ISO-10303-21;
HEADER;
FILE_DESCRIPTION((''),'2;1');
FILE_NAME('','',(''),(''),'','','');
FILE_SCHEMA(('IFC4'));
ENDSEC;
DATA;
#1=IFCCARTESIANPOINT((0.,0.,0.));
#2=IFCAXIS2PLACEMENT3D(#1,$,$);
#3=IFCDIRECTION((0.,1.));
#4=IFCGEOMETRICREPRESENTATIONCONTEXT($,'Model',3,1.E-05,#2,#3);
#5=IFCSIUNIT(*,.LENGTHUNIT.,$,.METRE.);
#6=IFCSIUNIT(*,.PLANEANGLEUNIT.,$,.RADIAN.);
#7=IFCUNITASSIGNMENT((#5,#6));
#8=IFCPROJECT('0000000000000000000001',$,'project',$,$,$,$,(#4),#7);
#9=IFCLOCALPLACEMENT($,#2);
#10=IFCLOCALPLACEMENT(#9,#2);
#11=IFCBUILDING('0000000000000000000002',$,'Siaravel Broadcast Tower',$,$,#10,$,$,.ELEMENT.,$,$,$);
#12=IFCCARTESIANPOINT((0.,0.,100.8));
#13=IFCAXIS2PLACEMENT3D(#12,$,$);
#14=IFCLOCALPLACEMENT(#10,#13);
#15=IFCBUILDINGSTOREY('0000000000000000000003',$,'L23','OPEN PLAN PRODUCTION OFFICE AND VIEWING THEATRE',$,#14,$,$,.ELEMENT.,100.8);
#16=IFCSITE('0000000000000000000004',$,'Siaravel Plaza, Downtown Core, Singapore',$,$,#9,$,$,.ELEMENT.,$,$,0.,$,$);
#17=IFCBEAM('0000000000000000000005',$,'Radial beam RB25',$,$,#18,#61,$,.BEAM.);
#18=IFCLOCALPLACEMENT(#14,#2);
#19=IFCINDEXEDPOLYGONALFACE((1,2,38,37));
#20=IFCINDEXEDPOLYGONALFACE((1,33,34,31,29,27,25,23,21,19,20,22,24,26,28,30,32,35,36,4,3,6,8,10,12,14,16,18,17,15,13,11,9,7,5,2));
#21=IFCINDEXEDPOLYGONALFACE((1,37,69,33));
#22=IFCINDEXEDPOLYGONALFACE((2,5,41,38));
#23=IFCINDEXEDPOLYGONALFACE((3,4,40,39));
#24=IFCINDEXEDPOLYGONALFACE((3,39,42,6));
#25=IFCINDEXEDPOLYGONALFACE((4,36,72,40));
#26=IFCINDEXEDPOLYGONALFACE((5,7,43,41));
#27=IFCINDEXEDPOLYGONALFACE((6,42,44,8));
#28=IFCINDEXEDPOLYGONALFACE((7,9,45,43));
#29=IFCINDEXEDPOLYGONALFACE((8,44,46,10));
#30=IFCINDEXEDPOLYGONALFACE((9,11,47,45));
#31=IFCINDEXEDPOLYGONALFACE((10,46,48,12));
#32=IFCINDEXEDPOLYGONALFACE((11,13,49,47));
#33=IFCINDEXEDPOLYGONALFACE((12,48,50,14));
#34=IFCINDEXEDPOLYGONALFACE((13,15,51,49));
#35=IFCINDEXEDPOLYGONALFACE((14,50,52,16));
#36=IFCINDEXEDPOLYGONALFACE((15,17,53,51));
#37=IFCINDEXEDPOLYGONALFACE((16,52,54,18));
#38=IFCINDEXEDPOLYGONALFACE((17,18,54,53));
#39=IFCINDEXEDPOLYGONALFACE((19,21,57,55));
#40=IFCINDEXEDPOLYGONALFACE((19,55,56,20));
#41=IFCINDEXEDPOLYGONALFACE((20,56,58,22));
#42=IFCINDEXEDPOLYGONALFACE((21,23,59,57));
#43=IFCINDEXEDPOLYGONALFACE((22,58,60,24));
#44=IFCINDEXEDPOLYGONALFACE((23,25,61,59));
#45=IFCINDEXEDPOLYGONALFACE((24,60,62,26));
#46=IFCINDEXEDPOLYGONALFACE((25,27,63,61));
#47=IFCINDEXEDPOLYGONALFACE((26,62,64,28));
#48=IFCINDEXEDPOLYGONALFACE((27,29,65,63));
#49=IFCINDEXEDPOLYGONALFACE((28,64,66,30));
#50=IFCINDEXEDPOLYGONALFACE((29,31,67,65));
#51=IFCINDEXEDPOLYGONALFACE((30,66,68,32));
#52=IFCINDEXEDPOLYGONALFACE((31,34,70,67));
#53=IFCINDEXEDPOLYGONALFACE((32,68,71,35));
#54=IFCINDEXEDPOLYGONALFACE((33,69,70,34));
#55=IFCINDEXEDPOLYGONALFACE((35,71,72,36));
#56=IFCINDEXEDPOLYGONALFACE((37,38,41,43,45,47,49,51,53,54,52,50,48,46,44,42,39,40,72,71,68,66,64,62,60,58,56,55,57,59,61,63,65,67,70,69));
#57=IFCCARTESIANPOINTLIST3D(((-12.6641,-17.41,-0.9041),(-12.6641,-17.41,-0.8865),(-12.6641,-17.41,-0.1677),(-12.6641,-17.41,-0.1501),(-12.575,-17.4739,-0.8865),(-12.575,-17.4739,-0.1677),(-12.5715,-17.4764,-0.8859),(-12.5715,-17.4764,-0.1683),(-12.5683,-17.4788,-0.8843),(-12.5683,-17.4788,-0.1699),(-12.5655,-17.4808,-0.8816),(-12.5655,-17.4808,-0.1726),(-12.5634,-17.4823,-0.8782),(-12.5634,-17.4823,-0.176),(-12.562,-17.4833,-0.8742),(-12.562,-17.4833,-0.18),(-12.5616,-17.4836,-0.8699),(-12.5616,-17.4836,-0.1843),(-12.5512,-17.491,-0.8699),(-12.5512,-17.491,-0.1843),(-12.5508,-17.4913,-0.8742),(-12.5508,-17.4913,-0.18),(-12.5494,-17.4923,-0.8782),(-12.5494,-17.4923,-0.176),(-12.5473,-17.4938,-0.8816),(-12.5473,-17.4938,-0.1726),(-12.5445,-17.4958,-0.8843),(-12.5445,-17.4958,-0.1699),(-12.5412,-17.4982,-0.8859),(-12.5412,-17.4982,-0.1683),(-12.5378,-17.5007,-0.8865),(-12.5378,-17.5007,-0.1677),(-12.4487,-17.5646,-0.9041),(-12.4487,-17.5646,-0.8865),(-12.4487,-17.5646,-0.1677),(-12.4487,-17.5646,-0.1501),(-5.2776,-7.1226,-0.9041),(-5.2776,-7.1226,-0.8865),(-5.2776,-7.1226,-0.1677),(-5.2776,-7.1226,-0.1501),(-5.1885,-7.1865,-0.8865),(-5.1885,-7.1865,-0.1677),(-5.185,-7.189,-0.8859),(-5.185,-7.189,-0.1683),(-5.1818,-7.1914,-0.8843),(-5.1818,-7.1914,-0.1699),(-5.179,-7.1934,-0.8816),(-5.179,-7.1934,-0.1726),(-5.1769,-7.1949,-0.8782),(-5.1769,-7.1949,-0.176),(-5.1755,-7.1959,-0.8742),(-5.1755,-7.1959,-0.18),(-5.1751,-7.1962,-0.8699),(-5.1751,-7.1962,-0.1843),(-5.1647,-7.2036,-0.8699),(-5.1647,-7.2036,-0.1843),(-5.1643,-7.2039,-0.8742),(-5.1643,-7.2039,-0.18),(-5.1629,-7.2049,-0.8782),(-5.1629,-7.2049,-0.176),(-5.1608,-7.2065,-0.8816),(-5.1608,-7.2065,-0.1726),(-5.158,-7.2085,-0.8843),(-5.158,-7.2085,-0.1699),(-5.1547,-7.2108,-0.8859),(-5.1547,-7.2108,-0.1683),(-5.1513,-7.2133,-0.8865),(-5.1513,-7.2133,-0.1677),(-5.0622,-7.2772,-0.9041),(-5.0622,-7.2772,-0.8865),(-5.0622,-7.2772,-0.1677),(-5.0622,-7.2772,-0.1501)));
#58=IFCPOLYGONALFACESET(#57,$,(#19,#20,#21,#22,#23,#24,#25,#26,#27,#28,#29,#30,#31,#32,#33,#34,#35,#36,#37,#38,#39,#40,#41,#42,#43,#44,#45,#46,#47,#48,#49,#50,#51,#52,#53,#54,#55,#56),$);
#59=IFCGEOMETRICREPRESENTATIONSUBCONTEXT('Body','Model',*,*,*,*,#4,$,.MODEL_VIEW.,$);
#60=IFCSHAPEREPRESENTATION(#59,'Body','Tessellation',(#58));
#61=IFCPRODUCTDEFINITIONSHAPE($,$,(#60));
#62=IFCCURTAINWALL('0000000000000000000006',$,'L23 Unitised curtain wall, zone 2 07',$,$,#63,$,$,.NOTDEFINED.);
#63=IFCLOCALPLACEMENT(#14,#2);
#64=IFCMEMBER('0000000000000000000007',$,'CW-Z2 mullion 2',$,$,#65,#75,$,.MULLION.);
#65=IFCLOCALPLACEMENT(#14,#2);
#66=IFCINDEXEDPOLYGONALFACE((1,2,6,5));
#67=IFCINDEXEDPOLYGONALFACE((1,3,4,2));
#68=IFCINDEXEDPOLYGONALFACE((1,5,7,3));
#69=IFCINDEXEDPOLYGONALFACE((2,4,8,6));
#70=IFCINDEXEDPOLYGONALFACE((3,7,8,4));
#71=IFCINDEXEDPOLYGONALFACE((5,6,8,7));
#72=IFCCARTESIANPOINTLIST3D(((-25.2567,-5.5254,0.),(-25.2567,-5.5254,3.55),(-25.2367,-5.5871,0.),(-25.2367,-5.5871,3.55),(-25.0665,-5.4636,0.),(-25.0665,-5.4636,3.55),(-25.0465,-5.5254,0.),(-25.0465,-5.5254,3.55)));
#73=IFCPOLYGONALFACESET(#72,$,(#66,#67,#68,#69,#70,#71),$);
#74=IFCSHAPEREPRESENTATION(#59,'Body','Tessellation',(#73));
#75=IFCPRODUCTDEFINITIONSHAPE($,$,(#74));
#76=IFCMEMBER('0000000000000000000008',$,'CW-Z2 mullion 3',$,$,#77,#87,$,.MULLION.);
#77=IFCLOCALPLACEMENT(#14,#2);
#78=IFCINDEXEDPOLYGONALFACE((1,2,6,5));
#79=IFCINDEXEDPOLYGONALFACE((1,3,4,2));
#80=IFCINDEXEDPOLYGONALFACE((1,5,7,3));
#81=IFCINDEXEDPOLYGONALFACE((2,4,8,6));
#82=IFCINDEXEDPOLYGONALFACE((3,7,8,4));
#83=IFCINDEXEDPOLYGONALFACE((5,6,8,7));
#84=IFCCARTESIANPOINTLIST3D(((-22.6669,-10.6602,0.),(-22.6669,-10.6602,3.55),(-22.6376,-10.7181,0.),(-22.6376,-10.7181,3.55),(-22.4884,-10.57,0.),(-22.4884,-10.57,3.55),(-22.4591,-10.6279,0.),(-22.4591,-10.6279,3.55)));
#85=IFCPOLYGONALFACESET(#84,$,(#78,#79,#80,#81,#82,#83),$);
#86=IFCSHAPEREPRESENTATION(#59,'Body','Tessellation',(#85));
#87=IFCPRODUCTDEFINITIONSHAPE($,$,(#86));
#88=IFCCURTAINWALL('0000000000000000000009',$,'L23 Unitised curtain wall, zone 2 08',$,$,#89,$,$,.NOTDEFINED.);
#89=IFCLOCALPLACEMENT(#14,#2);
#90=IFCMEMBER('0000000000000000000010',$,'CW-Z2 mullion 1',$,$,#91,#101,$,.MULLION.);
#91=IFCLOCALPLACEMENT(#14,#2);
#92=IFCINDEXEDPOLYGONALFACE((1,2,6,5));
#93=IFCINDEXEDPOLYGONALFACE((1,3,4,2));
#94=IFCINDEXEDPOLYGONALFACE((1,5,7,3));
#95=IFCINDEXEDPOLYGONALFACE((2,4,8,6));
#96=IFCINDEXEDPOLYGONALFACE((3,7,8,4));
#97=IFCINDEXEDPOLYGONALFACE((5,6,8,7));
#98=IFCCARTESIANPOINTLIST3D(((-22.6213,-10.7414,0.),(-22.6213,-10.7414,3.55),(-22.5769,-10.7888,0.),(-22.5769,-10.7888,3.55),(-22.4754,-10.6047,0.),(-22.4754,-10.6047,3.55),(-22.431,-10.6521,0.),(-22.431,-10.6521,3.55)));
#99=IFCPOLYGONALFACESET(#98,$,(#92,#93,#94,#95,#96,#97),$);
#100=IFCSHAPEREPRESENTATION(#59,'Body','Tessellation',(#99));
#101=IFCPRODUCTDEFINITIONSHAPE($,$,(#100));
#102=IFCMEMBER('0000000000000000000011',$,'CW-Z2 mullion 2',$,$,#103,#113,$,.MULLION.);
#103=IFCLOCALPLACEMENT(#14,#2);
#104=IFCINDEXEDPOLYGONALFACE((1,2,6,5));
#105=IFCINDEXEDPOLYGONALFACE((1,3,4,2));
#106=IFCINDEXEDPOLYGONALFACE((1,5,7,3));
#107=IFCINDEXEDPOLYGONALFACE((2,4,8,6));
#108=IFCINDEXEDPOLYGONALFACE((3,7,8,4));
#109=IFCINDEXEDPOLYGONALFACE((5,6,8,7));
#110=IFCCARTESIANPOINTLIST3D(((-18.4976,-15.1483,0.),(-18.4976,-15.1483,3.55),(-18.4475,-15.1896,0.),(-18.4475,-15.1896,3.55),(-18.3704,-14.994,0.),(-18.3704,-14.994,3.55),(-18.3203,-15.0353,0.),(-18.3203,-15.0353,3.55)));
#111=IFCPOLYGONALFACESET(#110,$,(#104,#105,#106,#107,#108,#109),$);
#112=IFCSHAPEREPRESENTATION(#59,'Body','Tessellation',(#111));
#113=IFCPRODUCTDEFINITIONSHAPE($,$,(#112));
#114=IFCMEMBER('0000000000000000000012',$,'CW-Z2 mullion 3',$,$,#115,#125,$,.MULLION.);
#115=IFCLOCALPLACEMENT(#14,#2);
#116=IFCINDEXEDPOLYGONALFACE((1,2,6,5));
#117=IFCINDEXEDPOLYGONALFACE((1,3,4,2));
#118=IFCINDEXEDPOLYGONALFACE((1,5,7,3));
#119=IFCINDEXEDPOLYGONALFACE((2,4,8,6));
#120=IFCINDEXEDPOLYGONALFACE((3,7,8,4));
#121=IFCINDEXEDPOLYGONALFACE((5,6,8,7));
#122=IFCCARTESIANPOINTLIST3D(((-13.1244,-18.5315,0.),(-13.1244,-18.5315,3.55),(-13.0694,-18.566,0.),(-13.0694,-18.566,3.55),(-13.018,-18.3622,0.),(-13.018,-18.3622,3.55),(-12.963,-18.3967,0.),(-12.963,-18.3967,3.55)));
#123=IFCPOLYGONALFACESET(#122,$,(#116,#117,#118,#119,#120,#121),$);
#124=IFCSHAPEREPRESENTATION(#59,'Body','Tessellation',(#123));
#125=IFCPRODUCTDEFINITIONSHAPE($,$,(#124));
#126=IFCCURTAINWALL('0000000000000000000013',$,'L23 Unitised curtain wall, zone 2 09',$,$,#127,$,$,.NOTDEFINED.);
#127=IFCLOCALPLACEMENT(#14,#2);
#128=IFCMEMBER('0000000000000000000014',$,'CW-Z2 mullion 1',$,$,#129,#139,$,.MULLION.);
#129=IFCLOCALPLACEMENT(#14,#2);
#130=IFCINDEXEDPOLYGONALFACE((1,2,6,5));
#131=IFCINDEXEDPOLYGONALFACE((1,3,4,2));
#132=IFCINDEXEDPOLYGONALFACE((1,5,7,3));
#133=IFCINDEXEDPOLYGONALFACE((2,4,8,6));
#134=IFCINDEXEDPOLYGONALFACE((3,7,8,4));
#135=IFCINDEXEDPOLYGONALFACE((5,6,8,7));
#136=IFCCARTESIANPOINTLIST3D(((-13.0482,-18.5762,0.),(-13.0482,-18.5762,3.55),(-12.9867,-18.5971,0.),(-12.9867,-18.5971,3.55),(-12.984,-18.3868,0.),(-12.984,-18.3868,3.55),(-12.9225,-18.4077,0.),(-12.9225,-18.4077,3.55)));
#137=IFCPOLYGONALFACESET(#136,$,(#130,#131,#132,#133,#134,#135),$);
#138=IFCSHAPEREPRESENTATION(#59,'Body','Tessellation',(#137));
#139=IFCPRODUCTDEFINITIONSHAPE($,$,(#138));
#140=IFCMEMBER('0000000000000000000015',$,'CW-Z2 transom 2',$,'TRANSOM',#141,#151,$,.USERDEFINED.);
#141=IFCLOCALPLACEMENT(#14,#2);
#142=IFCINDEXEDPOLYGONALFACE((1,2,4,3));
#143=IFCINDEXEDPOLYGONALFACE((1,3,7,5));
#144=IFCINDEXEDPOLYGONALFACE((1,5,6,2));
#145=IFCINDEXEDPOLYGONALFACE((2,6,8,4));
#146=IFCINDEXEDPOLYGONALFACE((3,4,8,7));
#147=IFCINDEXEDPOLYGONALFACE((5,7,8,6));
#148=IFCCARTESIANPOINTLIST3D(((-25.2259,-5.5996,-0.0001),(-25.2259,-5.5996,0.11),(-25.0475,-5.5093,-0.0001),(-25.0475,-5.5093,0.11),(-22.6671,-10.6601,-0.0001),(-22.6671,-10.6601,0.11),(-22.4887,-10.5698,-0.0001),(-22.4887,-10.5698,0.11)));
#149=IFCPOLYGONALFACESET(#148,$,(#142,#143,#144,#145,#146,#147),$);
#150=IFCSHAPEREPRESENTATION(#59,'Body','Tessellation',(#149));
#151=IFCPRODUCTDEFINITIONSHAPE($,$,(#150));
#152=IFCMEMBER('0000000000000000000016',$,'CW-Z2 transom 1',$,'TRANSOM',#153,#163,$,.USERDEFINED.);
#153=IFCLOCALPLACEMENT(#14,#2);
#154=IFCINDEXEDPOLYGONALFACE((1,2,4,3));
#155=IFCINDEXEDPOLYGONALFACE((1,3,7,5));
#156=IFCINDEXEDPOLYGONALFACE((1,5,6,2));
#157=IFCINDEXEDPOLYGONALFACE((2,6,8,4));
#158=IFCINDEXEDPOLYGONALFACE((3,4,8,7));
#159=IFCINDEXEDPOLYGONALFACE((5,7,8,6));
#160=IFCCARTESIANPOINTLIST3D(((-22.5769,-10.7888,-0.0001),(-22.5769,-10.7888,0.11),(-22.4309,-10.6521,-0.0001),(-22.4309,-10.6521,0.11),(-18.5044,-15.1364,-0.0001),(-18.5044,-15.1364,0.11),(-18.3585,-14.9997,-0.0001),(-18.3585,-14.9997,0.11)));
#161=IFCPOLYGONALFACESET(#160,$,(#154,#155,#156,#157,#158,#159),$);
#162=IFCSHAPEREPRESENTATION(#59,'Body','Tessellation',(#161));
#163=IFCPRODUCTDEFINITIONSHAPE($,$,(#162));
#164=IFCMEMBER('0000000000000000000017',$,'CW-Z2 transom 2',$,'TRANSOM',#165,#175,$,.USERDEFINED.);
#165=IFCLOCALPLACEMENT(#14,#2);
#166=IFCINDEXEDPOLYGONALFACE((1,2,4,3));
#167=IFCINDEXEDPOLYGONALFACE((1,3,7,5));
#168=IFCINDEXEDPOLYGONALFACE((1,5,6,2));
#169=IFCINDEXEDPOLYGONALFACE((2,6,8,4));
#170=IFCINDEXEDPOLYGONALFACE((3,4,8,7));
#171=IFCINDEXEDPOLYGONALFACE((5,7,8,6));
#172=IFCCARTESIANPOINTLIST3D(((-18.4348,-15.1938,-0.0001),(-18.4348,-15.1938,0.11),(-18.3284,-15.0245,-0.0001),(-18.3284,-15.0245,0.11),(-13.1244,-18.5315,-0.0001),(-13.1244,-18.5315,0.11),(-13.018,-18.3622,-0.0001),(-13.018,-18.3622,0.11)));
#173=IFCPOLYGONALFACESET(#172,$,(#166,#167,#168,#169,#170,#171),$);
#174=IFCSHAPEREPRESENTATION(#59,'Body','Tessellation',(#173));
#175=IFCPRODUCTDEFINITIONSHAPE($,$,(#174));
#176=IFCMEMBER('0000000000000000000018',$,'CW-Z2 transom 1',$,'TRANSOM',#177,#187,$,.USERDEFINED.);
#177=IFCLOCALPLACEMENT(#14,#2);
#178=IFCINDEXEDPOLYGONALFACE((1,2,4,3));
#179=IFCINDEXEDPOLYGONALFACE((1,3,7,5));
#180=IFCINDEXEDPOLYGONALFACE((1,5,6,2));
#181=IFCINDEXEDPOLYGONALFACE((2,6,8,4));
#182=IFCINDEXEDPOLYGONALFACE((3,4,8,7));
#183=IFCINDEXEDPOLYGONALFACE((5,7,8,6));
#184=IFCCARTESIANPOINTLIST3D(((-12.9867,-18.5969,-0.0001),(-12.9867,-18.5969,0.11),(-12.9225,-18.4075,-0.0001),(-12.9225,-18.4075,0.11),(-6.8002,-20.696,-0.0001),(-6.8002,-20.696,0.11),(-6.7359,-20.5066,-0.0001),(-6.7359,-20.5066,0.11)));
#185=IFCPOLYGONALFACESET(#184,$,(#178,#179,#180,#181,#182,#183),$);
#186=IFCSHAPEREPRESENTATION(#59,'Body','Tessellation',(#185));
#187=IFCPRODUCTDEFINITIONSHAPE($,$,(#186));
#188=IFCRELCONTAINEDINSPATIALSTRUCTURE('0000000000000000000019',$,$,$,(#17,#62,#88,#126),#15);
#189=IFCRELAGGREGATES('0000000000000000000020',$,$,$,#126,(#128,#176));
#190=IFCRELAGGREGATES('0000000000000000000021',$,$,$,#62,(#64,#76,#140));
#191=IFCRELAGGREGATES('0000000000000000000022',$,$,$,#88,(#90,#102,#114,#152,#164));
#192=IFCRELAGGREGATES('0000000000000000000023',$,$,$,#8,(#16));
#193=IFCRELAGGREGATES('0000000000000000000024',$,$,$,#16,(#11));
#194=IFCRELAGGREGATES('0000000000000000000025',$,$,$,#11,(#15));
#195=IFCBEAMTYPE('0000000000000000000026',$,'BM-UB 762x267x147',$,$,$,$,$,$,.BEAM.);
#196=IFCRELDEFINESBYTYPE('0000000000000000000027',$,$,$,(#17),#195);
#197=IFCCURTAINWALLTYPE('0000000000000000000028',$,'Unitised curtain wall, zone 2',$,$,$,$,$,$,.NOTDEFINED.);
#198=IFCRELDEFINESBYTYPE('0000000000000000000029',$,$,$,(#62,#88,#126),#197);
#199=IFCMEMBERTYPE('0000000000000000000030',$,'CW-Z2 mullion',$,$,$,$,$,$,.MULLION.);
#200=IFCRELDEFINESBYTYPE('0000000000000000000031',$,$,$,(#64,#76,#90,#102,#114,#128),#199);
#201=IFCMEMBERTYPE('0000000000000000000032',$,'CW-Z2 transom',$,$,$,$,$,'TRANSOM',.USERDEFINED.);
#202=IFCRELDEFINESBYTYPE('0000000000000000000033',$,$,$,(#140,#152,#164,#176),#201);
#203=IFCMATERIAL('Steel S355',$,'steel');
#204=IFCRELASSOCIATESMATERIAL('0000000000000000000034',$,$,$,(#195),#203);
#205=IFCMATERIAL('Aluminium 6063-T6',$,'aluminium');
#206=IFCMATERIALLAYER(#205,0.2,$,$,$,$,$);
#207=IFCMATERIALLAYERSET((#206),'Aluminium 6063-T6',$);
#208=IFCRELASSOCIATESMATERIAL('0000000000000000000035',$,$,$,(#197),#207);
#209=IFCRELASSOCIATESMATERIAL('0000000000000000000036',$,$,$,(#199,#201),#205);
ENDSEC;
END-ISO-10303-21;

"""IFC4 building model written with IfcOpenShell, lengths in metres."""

from ifc_helpers import new_model, si_unit, direction, frame, origin, origin_2d, place, context, subcontext, project, spatial, rectangle, i_section, extrude, material, layer, layer_set, material_profile, profile_set, type_object, element, aggregate, save


model = new_model("IFC4")

# Units and contexts
model_context = context("Model", 3, precision=1e-05, world=origin(), true_north=direction((0.0, 1.0)))
body_context = subcontext(model_context, "Body", "Model", "MODEL_VIEW")
ifc_project = project(units=[si_unit("LENGTHUNIT", "METRE"), si_unit("PLANEANGLEUNIT", "RADIAN")], contexts=[model_context])

# Site, building, storey
site_placement = place(None, origin())
site = spatial("IfcSite", under=ifc_project, at=site_placement, Name="Siaravel Plaza, Downtown Core, Singapore", CompositionType="ELEMENT", RefElevation=0.0)
building_placement = place(site_placement, origin())
building = spatial("IfcBuilding", under=site, at=building_placement, Name="Siaravel Broadcast Tower", CompositionType="ELEMENT")
storey_placement = place(building_placement, frame((0.0, 0.0, 100.8)))
storey = spatial("IfcBuildingStorey", under=building, at=storey_placement, Name="L23", Description="OPEN PLAN PRODUCTION OFFICE AND VIEWING THEATRE", CompositionType="ELEMENT", Elevation=100.8)

# Beam
ifc_material_1 = material(Name="Steel S355", Category="steel")
ifc_material_profile_1 = material_profile(ifc_material_1, i_section(OverallWidth=0.2651, OverallDepth=0.7539, WebThickness=0.0127, FlangeThickness=0.0176, FilletRadius=0.0166, at=origin_2d()))
ifc_profile_set_1 = profile_set([ifc_material_profile_1], Name="Steel S355")
beam_type = type_object("IfcBeamType", Name="BM-UB 762x267x147", PredefinedType="BEAM", material=ifc_profile_set_1)
beam_1_placement = place(storey_placement, frame((-12.5564, -17.4873, -0.5271), z_axis=(0.583242, 0.812298, 0.0), x_axis=(-0.812298, 0.583242, 0.0)))
element("IfcBeam", 1, at=beam_1_placement, inside=storey, type_object=beam_type, Name="Radial beam RB25", PredefinedType="BEAM", context=body_context, shape_type="SweptSolid", body=[
    extrude(i_section(OverallWidth=0.2651, OverallDepth=0.7539, WebThickness=0.0127, FlangeThickness=0.0176, FilletRadius=0.0166, at=origin_2d()), origin(), (0.0, 0.0, 1.0), 12.6646),
])

# Curtain walls, members
ifc_material_2 = material(Name="Aluminium 6063-T6", Category="aluminium")
ifc_layer_1 = layer(ifc_material_2, 0.2)
ifc_layer_set_1 = layer_set([ifc_layer_1], Name="Aluminium 6063-T6")
curtain_wall_type = type_object("IfcCurtainWallType", Name="Unitised curtain wall, zone 2", PredefinedType="NOTDEFINED", material=ifc_layer_set_1)
curtain_wall_1_placement = place(storey_placement, origin())
curtain_wall_1 = element("IfcCurtainWall", 2, at=curtain_wall_1_placement, inside=storey, type_object=curtain_wall_type, Name="L23 Unitised curtain wall, zone 2 07", PredefinedType="NOTDEFINED")
ifc_material_profile_2 = material_profile(ifc_material_2, rectangle(XDim=0.2, YDim=0.0649, at=origin_2d()))
ifc_profile_set_2 = profile_set([ifc_material_profile_2], Name="Aluminium 6063-T6")
member_type_1 = type_object("IfcMemberType", Name="CW-Z2 mullion", PredefinedType="MULLION", material=ifc_profile_set_2)
member_1_placement = place(storey_placement, frame((-25.1516, -5.5254, 0.0), z_axis=(0.0, 0.0, 1.0), x_axis=(0.951177, 0.308646, 0.0)))
member_1 = element("IfcMember", 3, at=member_1_placement, type_object=member_type_1, Name="CW-Z2 mullion 2", PredefinedType="MULLION", context=body_context, shape_type="SweptSolid", body=[
    extrude(rectangle(XDim=0.2, YDim=0.0649, at=origin_2d()), origin(), (0.0, 0.0, 1.0), 3.55),
])
member_2_placement = place(storey_placement, frame((-22.563, -10.644, 0.0), z_axis=(0.0, 0.0, 1.0), x_axis=(0.892392, 0.451261, 0.0)))
member_2 = element("IfcMember", 4, at=member_2_placement, type_object=member_type_1, Name="CW-Z2 mullion 3", PredefinedType="MULLION", context=body_context, shape_type="SweptSolid", body=[
    extrude(rectangle(XDim=0.2, YDim=0.0649, at=origin_2d()), origin(), (0.0, 0.0, 1.0), 3.55),
])
curtain_wall_2_placement = place(storey_placement, origin())
curtain_wall_2 = element("IfcCurtainWall", 5, at=curtain_wall_2_placement, inside=storey, type_object=curtain_wall_type, Name="L23 Unitised curtain wall, zone 2 08", PredefinedType="NOTDEFINED")
member_3_placement = place(storey_placement, frame((-22.5261, -10.6968, 0.0), z_axis=(0.0, 0.0, 1.0), x_axis=(0.729805, 0.683656, 0.0)))
member_3 = element("IfcMember", 6, at=member_3_placement, type_object=member_type_1, Name="CW-Z2 mullion 1", PredefinedType="MULLION", context=body_context, shape_type="SweptSolid", body=[
    extrude(rectangle(XDim=0.2, YDim=0.0649, at=origin_2d()), origin(), (0.0, 0.0, 1.0), 3.55),
])
member_4_placement = place(storey_placement, frame((-18.4089, -15.0918, 0.0), z_axis=(0.0, 0.0, 1.0), x_axis=(0.636218, 0.771509, 0.0)))
member_4 = element("IfcMember", 7, at=member_4_placement, type_object=member_type_1, Name="CW-Z2 mullion 2", PredefinedType="MULLION", context=body_context, shape_type="SweptSolid", body=[
    extrude(rectangle(XDim=0.2, YDim=0.0649, at=origin_2d()), origin(), (0.0, 0.0, 1.0), 3.55),
])
member_5_placement = place(storey_placement, frame((-13.0437, -18.4641, 0.0), z_axis=(0.0, 0.0, 1.0), x_axis=(0.532149, 0.846651, 0.0)))
member_5 = element("IfcMember", 8, at=member_5_placement, type_object=member_type_1, Name="CW-Z2 mullion 3", PredefinedType="MULLION", context=body_context, shape_type="SweptSolid", body=[
    extrude(rectangle(XDim=0.2, YDim=0.0649, at=origin_2d()), origin(), (0.0, 0.0, 1.0), 3.55),
])

# Curtain wall, member
curtain_wall_3_placement = place(storey_placement, origin())
curtain_wall_3 = element("IfcCurtainWall", 9, at=curtain_wall_3_placement, inside=storey, type_object=curtain_wall_type, Name="L23 Unitised curtain wall, zone 2 09", PredefinedType="NOTDEFINED")
member_6_placement = place(storey_placement, frame((-12.9854, -18.4919, 0.0), z_axis=(0.0, 0.0, 1.0), x_axis=(0.3213, 0.946977, 0.0)))
member_6 = element("IfcMember", 10, at=member_6_placement, type_object=member_type_1, Name="CW-Z2 mullion 1", PredefinedType="MULLION", context=body_context, shape_type="SweptSolid", body=[
    extrude(rectangle(XDim=0.2, YDim=0.0649, at=origin_2d()), origin(), (0.0, 0.0, 1.0), 3.55),
])

# Members
ifc_material_profile_3 = material_profile(ifc_material_2, rectangle(XDim=0.2, YDim=0.1101, at=origin_2d()))
ifc_profile_set_3 = profile_set([ifc_material_profile_3], Name="Aluminium 6063-T6")
member_type_2 = type_object("IfcMemberType", Name="CW-Z2 transom", ElementType="TRANSOM", PredefinedType="USERDEFINED", material=ifc_profile_set_3)
member_7_placement = place(storey_placement, frame((-25.1367, -5.5544, 0.0549), z_axis=(0.451239, -0.892403, 0.0), x_axis=(0.892403, 0.451239, 0.0)))
member_7 = element("IfcMember", 11, at=member_7_placement, type_object=member_type_2, Name="CW-Z2 transom 2", ObjectType="TRANSOM", PredefinedType="USERDEFINED", context=body_context, shape_type="SweptSolid", body=[
    extrude(rectangle(XDim=0.2, YDim=0.1101, at=origin_2d()), origin(), (0.0, 0.0, 1.0), 5.6707),
])
member_8_placement = place(storey_placement, frame((-22.5039, -10.7205, 0.0549), z_axis=(0.683636, -0.729823, 0.0), x_axis=(0.729823, 0.683636, 0.0)))
member_8 = element("IfcMember", 12, at=member_8_placement, type_object=member_type_2, Name="CW-Z2 transom 1", ObjectType="TRANSOM", PredefinedType="USERDEFINED", context=body_context, shape_type="SweptSolid", body=[
    extrude(rectangle(XDim=0.2, YDim=0.1101, at=origin_2d()), origin(), (0.0, 0.0, 1.0), 5.957),
])
member_9_placement = place(storey_placement, frame((-18.3816, -15.1091, 0.0549), z_axis=(0.846655, -0.532142, 0.0), x_axis=(0.532142, 0.846655, 0.0)))
member_9 = element("IfcMember", 13, at=member_9_placement, type_object=member_type_2, Name="CW-Z2 transom 2", ObjectType="TRANSOM", PredefinedType="USERDEFINED", context=body_context, shape_type="SweptSolid", body=[
    extrude(rectangle(XDim=0.2, YDim=0.1101, at=origin_2d()), origin(), (0.0, 0.0, 1.0), 6.2722),
])
member_10_placement = place(storey_placement, frame((-12.9546, -18.5022, 0.0549), z_axis=(0.946973, -0.321313, 0.0), x_axis=(0.321313, 0.946973, 0.0)))
member_10 = element("IfcMember", 14, at=member_10_placement, type_object=member_type_2, Name="CW-Z2 transom 1", ObjectType="TRANSOM", PredefinedType="USERDEFINED", context=body_context, shape_type="SweptSolid", body=[
    extrude(rectangle(XDim=0.2, YDim=0.1101, at=origin_2d()), origin(), (0.0, 0.0, 1.0), 6.533),
])
aggregate(curtain_wall_3, [member_6, member_10])

aggregate(curtain_wall_1, [member_1, member_2, member_7])
aggregate(curtain_wall_2, [member_3, member_4, member_5, member_8, member_9])

save(model, "model.ifc")
